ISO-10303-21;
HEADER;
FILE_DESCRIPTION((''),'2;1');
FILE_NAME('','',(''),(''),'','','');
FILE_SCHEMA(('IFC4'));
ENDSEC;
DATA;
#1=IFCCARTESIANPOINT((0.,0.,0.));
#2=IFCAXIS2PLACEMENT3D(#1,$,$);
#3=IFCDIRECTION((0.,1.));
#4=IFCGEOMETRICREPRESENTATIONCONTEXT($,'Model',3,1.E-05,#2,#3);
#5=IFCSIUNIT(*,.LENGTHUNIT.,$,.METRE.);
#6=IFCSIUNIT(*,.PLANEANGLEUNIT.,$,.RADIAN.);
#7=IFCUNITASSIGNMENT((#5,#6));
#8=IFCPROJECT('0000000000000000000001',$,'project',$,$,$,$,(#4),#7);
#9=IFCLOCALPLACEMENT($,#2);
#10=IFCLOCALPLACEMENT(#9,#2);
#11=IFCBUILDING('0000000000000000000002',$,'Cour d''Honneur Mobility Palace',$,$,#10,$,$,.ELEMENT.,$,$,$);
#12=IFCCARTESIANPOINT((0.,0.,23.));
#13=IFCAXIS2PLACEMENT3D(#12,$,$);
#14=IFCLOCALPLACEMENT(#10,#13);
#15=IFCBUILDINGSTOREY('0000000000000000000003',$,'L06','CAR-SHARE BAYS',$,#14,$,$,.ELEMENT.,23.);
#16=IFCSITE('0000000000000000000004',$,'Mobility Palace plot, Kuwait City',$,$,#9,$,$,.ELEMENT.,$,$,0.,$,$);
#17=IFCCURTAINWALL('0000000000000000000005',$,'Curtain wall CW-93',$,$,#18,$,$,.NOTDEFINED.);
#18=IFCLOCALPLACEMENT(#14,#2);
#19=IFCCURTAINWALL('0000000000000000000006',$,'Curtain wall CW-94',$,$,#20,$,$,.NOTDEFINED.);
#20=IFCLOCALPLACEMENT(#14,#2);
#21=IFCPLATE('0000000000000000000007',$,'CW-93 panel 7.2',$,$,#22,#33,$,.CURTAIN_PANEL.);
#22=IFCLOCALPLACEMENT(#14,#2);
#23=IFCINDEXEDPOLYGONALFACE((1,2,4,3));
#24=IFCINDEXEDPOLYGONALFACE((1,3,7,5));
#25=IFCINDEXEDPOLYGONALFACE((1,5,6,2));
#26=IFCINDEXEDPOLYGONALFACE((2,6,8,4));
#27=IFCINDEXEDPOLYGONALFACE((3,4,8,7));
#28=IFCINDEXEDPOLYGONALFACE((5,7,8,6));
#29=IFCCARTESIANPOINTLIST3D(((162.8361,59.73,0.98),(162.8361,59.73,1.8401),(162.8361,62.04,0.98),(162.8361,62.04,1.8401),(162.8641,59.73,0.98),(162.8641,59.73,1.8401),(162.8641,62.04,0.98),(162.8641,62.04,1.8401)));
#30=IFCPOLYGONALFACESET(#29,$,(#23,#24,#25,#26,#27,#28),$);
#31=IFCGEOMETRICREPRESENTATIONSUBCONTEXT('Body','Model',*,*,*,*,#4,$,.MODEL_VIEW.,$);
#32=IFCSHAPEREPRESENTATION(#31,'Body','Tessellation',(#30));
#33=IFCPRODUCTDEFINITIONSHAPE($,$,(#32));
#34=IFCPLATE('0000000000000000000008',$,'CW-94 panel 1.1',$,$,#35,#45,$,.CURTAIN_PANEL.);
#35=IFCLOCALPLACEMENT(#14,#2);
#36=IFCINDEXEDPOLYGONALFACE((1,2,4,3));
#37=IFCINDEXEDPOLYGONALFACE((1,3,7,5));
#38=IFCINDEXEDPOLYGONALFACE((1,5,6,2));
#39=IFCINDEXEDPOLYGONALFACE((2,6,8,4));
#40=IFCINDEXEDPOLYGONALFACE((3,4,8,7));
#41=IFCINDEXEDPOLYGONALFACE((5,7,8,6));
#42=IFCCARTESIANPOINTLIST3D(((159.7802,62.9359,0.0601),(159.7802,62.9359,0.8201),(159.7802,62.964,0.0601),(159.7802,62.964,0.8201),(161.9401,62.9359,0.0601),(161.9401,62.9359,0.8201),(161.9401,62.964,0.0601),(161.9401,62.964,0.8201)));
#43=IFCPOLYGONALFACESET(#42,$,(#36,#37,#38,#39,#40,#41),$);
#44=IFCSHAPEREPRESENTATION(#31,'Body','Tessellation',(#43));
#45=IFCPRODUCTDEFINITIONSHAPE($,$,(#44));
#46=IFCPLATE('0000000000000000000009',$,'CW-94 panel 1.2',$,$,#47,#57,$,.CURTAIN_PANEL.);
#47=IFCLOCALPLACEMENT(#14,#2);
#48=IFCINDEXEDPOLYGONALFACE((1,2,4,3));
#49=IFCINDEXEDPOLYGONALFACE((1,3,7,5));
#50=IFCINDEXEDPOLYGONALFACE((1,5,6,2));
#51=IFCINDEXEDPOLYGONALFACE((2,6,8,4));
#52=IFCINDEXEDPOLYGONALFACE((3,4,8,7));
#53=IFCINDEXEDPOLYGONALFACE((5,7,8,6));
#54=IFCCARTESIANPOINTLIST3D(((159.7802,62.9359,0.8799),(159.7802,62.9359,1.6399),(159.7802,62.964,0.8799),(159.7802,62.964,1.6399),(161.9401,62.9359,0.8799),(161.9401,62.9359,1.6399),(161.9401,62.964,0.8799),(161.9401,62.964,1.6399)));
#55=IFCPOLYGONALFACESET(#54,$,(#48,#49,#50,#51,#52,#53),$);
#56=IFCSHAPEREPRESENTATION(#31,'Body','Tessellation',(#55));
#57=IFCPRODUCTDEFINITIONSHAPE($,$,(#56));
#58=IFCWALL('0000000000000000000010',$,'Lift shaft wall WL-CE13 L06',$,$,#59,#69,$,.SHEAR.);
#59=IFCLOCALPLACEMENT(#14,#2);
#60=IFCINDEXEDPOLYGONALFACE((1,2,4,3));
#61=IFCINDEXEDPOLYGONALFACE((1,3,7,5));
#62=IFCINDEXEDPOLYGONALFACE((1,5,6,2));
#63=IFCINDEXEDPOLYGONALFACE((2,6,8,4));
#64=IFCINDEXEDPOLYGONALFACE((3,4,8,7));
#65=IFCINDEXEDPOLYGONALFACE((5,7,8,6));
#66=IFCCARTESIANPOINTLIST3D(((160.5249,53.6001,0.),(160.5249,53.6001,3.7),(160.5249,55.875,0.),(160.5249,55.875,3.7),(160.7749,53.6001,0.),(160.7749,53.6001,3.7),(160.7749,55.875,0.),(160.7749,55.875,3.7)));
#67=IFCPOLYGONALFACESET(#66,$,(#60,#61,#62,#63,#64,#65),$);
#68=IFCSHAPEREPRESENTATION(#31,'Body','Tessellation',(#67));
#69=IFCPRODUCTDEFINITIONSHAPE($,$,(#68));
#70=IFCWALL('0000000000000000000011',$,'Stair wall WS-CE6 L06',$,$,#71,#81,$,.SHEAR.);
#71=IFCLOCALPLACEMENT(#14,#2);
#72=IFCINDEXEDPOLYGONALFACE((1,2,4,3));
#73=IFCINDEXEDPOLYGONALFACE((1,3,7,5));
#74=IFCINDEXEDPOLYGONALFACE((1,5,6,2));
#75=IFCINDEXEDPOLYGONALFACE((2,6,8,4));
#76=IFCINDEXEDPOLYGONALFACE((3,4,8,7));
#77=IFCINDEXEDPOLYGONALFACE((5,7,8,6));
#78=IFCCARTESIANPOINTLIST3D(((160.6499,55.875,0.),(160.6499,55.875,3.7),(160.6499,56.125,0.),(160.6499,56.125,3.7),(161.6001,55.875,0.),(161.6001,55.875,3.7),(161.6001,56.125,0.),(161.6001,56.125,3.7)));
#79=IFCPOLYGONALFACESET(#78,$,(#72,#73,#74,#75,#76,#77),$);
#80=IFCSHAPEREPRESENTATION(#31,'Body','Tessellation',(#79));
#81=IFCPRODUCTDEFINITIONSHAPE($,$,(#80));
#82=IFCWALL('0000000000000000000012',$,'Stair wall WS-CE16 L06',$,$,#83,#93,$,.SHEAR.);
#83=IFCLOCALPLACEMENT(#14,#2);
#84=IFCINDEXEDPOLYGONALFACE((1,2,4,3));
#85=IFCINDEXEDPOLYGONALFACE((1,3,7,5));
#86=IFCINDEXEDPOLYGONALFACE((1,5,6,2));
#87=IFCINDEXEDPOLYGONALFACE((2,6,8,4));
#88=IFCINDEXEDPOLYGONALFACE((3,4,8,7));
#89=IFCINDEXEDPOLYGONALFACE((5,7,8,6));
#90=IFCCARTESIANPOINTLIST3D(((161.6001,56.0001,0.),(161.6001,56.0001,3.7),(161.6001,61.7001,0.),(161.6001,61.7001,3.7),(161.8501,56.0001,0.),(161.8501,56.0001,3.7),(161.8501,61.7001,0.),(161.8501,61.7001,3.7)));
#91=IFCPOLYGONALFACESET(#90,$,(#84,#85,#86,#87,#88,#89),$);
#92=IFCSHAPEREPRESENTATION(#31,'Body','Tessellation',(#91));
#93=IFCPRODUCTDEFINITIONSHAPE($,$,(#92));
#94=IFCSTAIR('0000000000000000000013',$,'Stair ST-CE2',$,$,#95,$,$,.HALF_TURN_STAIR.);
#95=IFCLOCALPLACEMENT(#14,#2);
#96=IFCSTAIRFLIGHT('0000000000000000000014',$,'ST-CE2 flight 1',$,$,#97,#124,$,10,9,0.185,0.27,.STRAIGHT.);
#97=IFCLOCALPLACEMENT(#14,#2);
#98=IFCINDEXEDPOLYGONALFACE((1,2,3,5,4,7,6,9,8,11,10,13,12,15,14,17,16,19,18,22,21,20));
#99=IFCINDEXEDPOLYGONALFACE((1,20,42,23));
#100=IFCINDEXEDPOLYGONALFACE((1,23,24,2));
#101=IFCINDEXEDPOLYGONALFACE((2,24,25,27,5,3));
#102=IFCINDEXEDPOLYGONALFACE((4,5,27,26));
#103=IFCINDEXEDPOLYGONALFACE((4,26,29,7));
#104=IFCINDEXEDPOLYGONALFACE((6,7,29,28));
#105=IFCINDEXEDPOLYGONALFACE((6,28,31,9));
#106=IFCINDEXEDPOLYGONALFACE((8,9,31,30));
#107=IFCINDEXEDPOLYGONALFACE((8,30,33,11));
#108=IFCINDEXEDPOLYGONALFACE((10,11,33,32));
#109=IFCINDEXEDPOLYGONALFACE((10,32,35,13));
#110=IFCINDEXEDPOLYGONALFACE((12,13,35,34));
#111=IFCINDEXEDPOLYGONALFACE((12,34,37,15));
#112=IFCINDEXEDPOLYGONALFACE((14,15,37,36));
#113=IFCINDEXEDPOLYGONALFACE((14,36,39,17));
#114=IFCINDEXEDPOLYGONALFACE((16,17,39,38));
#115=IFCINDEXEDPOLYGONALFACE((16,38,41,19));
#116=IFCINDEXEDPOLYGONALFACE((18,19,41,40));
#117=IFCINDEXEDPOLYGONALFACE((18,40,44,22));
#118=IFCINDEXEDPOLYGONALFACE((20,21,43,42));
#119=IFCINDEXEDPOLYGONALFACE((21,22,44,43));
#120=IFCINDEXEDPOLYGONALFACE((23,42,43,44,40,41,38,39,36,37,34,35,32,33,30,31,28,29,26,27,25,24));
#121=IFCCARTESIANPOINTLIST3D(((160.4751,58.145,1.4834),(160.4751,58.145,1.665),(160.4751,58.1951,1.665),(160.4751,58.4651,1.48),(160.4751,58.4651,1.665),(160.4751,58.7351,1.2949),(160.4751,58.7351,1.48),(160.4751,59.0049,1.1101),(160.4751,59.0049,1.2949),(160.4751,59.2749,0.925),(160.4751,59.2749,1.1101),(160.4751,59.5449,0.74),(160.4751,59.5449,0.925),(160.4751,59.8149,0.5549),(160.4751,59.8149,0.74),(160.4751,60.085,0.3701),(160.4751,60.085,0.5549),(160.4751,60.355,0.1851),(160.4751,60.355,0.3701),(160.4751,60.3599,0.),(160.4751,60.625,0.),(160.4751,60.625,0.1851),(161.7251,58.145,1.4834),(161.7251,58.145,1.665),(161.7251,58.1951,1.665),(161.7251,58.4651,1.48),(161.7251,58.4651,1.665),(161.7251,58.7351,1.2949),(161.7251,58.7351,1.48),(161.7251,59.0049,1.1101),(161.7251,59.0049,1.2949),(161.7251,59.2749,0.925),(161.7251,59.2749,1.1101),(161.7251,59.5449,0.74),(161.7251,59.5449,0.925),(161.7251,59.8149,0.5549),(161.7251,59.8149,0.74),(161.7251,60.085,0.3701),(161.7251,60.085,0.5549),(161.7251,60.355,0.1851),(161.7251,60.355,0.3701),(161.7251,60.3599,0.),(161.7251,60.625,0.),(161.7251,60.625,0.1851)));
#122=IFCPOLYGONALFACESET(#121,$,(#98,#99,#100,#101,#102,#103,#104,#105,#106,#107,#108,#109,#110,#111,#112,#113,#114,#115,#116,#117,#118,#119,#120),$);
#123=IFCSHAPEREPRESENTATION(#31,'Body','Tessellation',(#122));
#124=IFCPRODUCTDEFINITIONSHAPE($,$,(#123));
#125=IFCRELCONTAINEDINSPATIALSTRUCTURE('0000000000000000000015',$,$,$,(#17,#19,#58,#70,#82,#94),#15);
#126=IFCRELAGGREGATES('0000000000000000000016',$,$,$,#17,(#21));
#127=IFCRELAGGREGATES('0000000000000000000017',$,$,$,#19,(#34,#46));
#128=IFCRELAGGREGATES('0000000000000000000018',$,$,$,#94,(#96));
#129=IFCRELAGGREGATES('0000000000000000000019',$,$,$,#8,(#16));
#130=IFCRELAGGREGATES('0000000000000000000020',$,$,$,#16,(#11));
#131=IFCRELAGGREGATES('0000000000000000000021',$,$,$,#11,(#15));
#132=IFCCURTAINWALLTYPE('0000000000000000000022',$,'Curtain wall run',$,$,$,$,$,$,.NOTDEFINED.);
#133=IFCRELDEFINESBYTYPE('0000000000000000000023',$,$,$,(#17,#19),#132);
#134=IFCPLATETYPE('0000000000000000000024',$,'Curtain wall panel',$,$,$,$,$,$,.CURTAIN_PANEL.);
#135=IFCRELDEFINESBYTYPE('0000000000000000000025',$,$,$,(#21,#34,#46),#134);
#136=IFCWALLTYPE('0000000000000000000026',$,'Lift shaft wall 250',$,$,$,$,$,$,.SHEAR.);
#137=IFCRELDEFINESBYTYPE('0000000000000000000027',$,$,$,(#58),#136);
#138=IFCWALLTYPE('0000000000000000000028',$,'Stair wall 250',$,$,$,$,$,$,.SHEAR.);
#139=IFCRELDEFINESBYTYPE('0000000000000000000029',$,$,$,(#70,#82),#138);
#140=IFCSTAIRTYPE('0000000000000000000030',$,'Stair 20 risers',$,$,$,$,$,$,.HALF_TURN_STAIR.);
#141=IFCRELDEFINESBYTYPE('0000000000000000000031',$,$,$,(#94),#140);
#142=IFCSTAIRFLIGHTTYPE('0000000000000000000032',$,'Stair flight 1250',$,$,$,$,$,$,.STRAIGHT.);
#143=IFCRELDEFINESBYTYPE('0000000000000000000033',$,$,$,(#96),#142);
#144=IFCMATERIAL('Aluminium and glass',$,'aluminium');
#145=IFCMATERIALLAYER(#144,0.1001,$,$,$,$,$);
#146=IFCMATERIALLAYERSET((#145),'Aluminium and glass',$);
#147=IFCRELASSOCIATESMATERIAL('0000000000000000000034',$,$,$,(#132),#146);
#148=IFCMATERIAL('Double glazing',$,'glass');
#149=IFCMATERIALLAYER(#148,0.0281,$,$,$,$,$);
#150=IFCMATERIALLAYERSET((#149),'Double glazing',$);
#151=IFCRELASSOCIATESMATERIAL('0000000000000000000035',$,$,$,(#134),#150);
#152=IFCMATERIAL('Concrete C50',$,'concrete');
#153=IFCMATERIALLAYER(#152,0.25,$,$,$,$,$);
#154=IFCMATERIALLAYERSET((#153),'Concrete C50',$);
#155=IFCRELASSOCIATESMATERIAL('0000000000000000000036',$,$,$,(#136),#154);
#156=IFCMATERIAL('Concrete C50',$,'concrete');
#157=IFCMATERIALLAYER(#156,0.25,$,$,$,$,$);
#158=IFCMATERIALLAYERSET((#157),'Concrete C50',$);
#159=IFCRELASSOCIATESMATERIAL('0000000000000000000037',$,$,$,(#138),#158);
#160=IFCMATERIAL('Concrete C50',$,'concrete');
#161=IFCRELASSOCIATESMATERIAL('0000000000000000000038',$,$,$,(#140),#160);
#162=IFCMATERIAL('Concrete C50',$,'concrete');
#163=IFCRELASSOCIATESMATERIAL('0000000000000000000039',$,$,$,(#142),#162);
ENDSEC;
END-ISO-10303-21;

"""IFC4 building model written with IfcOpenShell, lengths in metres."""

from ifc_helpers import new_model, si_unit, direction, frame, frame_2d, origin, origin_2d, place, context, subcontext, project, spatial, polyline, rectangle, outline, extrude, material, layer, layer_set, type_object, element, aggregate, save


model = new_model("IFC4")

# Units and contexts
model_context = context("Model", 3, precision=1e-05, world=origin(), true_north=direction((0.0, 1.0)))
body_context = subcontext(model_context, "Body", "Model", "MODEL_VIEW")
ifc_project = project(units=[si_unit("LENGTHUNIT", "METRE"), si_unit("PLANEANGLEUNIT", "RADIAN")], contexts=[model_context])

# Site, building, storey
site_placement = place(None, origin())
site = spatial("IfcSite", under=ifc_project, at=site_placement, Name="Mobility Palace plot, Kuwait City", CompositionType="ELEMENT", RefElevation=0.0)
building_placement = place(site_placement, origin())
building = spatial("IfcBuilding", under=site, at=building_placement, Name="Cour d'Honneur Mobility Palace", CompositionType="ELEMENT")
storey_placement = place(building_placement, frame((0.0, 0.0, 23.0)))
storey = spatial("IfcBuildingStorey", under=building, at=storey_placement, Name="L06", Description="CAR-SHARE BAYS", CompositionType="ELEMENT", Elevation=23.0)

# Curtain walls
ifc_material_1 = material(Name="Aluminium and glass", Category="aluminium")
ifc_layer_1 = layer(ifc_material_1, 0.1001)
ifc_layer_set_1 = layer_set([ifc_layer_1], Name="Aluminium and glass")
curtain_wall_type = type_object("IfcCurtainWallType", Name="Curtain wall run", PredefinedType="NOTDEFINED", material=ifc_layer_set_1)
curtain_wall_1_placement = place(storey_placement, origin())
curtain_wall_1 = element("IfcCurtainWall", 1, at=curtain_wall_1_placement, inside=storey, type_object=curtain_wall_type, Name="Curtain wall CW-93", PredefinedType="NOTDEFINED")
curtain_wall_2_placement = place(storey_placement, origin())
curtain_wall_2 = element("IfcCurtainWall", 2, at=curtain_wall_2_placement, inside=storey, type_object=curtain_wall_type, Name="Curtain wall CW-94", PredefinedType="NOTDEFINED")

# Plates
ifc_material_2 = material(Name="Double glazing", Category="glass")
ifc_layer_2 = layer(ifc_material_2, 0.0281)
ifc_layer_set_2 = layer_set([ifc_layer_2], Name="Double glazing")
plate_type = type_object("IfcPlateType", Name="Curtain wall panel", PredefinedType="CURTAIN_PANEL", material=ifc_layer_set_2)
plate_1_placement = place(storey_placement, frame((162.8501, 60.885, 0.98), z_axis=(0.0, 0.0, 1.0), x_axis=(0.0, 1.0, 0.0)))
plate_1 = element("IfcPlate", 3, at=plate_1_placement, type_object=plate_type, Name="CW-93 panel 7.2", PredefinedType="CURTAIN_PANEL", context=body_context, shape_type="SweptSolid", body=[
    extrude(rectangle(XDim=2.3101, YDim=0.0281, at=origin_2d()), origin(), (0.0, 0.0, 1.0), 0.8601),
])
aggregate(curtain_wall_1, [plate_1])
plate_2_placement = place(storey_placement, frame((160.8601, 62.95, 0.0601), z_axis=(0.0, 0.0, 1.0), x_axis=(-1.0, 0.0, 0.0)))
plate_2 = element("IfcPlate", 4, at=plate_2_placement, type_object=plate_type, Name="CW-94 panel 1.1", PredefinedType="CURTAIN_PANEL", context=body_context, shape_type="SweptSolid", body=[
    extrude(rectangle(XDim=2.1599, YDim=0.0281, at=origin_2d()), origin(), (0.0, 0.0, 1.0), 0.76),
])
plate_3_placement = place(storey_placement, frame((160.8601, 62.95, 0.8799), z_axis=(0.0, 0.0, 1.0), x_axis=(-1.0, 0.0, 0.0)))
plate_3 = element("IfcPlate", 5, at=plate_3_placement, type_object=plate_type, Name="CW-94 panel 1.2", PredefinedType="CURTAIN_PANEL", context=body_context, shape_type="SweptSolid", body=[
    extrude(rectangle(XDim=2.1599, YDim=0.0281, at=origin_2d()), origin(), (0.0, 0.0, 1.0), 0.76),
])
aggregate(curtain_wall_2, [plate_2, plate_3])

# Walls
ifc_material_3 = material(Name="Concrete C50", Category="concrete")
ifc_layer_3 = layer(ifc_material_3, 0.25)
ifc_layer_set_3 = layer_set([ifc_layer_3], Name="Concrete C50")
wall_type_1 = type_object("IfcWallType", Name="Lift shaft wall 250", PredefinedType="SHEAR", material=ifc_layer_set_3)
wall_1_placement = place(storey_placement, frame((160.6499, 53.6001, 0.0), z_axis=(0.0, 0.0, 1.0), x_axis=(0.0, 1.0, 0.0)))
element("IfcWall", 6, at=wall_1_placement, inside=storey, type_object=wall_type_1, Name="Lift shaft wall WL-CE13 L06", PredefinedType="SHEAR", context=body_context, shape_type="SweptSolid", body=[
    extrude(rectangle(XDim=2.2749, YDim=0.25, at=frame_2d((1.1375, 0.0))), origin(), (0.0, 0.0, 1.0), 3.7),
])
ifc_material_4 = material(Name="Concrete C50", Category="concrete")
ifc_layer_4 = layer(ifc_material_4, 0.25)
ifc_layer_set_4 = layer_set([ifc_layer_4], Name="Concrete C50")
wall_type_2 = type_object("IfcWallType", Name="Stair wall 250", PredefinedType="SHEAR", material=ifc_layer_set_4)
wall_2_placement = place(storey_placement, frame((160.6499, 56.0, 0.0), z_axis=(0.0, 0.0, 1.0), x_axis=(1.0, 0.0, 0.0)))
element("IfcWall", 7, at=wall_2_placement, inside=storey, type_object=wall_type_2, Name="Stair wall WS-CE6 L06", PredefinedType="SHEAR", context=body_context, shape_type="SweptSolid", body=[
    extrude(rectangle(XDim=0.9502, YDim=0.25, at=frame_2d((0.4751, 0.0))), origin(), (0.0, 0.0, 1.0), 3.7),
])
wall_3_placement = place(storey_placement, frame((161.7251, 56.0, 0.0), z_axis=(0.0, 0.0, 1.0), x_axis=(0.0, 1.0, 0.0)))
element("IfcWall", 8, at=wall_3_placement, inside=storey, type_object=wall_type_2, Name="Stair wall WS-CE16 L06", PredefinedType="SHEAR", context=body_context, shape_type="SweptSolid", body=[
    extrude(rectangle(XDim=5.7, YDim=0.25, at=frame_2d((2.8501, 0.0))), origin(), (0.0, 0.0, 1.0), 3.7),
])

# Stair, stair flight
ifc_material_5 = material(Name="Concrete C50", Category="concrete")
stair_type = type_object("IfcStairType", Name="Stair 20 risers", PredefinedType="HALF_TURN_STAIR", material=ifc_material_5)
stair_placement = place(storey_placement, origin())
stair = element("IfcStair", 9, at=stair_placement, inside=storey, type_object=stair_type, Name="Stair ST-CE2", PredefinedType="HALF_TURN_STAIR")
ifc_material_6 = material(Name="Concrete C50", Category="concrete")
stair_flight_type = type_object("IfcStairFlightType", Name="Stair flight 1250", PredefinedType="STRAIGHT", material=ifc_material_6)
stair_flight_placement = place(storey_placement, frame((161.1001, 60.625, 0.0), z_axis=(0.0, 0.0, 1.0), x_axis=(0.0, -1.0, 0.0)))
stair_flight = element("IfcStairFlight", 10, at=stair_flight_placement, type_object=stair_flight_type, Name="ST-CE2 flight 1", NumberOfRisers=10, NumberOfTreads=9, PredefinedType="STRAIGHT", RiserHeight=0.185, TreadLength=0.27, context=body_context, shape_type="SweptSolid", body=[
    extrude(outline(polyline([(0.0, 0.0), (0.0, 0.1851), (0.27, 0.1851), (0.27, 0.3701), (0.54, 0.3701), (0.54, 0.5549), (0.8101, 0.5549), (0.8101, 0.74), (1.0801, 0.74), (1.0801, 0.925), (1.3501, 0.925), (1.3501, 1.1101), (1.6201, 1.1101), (1.6201, 1.2949), (1.8899, 1.2949), (1.8899, 1.48), (2.1599, 1.48), (2.1599, 1.665), (2.4299, 1.665), (2.48, 1.665), (2.48, 1.4834), (0.2651, 0.0), (0.0, 0.0)])), frame((0.0, 0.625, 0.0), z_axis=(0.0, -1.0, 0.0), x_axis=(1.0, 0.0, 0.0)), (0.0, 0.0, 1.0), 1.25),
])
aggregate(stair, [stair_flight])

save(model, "model.ifc")
